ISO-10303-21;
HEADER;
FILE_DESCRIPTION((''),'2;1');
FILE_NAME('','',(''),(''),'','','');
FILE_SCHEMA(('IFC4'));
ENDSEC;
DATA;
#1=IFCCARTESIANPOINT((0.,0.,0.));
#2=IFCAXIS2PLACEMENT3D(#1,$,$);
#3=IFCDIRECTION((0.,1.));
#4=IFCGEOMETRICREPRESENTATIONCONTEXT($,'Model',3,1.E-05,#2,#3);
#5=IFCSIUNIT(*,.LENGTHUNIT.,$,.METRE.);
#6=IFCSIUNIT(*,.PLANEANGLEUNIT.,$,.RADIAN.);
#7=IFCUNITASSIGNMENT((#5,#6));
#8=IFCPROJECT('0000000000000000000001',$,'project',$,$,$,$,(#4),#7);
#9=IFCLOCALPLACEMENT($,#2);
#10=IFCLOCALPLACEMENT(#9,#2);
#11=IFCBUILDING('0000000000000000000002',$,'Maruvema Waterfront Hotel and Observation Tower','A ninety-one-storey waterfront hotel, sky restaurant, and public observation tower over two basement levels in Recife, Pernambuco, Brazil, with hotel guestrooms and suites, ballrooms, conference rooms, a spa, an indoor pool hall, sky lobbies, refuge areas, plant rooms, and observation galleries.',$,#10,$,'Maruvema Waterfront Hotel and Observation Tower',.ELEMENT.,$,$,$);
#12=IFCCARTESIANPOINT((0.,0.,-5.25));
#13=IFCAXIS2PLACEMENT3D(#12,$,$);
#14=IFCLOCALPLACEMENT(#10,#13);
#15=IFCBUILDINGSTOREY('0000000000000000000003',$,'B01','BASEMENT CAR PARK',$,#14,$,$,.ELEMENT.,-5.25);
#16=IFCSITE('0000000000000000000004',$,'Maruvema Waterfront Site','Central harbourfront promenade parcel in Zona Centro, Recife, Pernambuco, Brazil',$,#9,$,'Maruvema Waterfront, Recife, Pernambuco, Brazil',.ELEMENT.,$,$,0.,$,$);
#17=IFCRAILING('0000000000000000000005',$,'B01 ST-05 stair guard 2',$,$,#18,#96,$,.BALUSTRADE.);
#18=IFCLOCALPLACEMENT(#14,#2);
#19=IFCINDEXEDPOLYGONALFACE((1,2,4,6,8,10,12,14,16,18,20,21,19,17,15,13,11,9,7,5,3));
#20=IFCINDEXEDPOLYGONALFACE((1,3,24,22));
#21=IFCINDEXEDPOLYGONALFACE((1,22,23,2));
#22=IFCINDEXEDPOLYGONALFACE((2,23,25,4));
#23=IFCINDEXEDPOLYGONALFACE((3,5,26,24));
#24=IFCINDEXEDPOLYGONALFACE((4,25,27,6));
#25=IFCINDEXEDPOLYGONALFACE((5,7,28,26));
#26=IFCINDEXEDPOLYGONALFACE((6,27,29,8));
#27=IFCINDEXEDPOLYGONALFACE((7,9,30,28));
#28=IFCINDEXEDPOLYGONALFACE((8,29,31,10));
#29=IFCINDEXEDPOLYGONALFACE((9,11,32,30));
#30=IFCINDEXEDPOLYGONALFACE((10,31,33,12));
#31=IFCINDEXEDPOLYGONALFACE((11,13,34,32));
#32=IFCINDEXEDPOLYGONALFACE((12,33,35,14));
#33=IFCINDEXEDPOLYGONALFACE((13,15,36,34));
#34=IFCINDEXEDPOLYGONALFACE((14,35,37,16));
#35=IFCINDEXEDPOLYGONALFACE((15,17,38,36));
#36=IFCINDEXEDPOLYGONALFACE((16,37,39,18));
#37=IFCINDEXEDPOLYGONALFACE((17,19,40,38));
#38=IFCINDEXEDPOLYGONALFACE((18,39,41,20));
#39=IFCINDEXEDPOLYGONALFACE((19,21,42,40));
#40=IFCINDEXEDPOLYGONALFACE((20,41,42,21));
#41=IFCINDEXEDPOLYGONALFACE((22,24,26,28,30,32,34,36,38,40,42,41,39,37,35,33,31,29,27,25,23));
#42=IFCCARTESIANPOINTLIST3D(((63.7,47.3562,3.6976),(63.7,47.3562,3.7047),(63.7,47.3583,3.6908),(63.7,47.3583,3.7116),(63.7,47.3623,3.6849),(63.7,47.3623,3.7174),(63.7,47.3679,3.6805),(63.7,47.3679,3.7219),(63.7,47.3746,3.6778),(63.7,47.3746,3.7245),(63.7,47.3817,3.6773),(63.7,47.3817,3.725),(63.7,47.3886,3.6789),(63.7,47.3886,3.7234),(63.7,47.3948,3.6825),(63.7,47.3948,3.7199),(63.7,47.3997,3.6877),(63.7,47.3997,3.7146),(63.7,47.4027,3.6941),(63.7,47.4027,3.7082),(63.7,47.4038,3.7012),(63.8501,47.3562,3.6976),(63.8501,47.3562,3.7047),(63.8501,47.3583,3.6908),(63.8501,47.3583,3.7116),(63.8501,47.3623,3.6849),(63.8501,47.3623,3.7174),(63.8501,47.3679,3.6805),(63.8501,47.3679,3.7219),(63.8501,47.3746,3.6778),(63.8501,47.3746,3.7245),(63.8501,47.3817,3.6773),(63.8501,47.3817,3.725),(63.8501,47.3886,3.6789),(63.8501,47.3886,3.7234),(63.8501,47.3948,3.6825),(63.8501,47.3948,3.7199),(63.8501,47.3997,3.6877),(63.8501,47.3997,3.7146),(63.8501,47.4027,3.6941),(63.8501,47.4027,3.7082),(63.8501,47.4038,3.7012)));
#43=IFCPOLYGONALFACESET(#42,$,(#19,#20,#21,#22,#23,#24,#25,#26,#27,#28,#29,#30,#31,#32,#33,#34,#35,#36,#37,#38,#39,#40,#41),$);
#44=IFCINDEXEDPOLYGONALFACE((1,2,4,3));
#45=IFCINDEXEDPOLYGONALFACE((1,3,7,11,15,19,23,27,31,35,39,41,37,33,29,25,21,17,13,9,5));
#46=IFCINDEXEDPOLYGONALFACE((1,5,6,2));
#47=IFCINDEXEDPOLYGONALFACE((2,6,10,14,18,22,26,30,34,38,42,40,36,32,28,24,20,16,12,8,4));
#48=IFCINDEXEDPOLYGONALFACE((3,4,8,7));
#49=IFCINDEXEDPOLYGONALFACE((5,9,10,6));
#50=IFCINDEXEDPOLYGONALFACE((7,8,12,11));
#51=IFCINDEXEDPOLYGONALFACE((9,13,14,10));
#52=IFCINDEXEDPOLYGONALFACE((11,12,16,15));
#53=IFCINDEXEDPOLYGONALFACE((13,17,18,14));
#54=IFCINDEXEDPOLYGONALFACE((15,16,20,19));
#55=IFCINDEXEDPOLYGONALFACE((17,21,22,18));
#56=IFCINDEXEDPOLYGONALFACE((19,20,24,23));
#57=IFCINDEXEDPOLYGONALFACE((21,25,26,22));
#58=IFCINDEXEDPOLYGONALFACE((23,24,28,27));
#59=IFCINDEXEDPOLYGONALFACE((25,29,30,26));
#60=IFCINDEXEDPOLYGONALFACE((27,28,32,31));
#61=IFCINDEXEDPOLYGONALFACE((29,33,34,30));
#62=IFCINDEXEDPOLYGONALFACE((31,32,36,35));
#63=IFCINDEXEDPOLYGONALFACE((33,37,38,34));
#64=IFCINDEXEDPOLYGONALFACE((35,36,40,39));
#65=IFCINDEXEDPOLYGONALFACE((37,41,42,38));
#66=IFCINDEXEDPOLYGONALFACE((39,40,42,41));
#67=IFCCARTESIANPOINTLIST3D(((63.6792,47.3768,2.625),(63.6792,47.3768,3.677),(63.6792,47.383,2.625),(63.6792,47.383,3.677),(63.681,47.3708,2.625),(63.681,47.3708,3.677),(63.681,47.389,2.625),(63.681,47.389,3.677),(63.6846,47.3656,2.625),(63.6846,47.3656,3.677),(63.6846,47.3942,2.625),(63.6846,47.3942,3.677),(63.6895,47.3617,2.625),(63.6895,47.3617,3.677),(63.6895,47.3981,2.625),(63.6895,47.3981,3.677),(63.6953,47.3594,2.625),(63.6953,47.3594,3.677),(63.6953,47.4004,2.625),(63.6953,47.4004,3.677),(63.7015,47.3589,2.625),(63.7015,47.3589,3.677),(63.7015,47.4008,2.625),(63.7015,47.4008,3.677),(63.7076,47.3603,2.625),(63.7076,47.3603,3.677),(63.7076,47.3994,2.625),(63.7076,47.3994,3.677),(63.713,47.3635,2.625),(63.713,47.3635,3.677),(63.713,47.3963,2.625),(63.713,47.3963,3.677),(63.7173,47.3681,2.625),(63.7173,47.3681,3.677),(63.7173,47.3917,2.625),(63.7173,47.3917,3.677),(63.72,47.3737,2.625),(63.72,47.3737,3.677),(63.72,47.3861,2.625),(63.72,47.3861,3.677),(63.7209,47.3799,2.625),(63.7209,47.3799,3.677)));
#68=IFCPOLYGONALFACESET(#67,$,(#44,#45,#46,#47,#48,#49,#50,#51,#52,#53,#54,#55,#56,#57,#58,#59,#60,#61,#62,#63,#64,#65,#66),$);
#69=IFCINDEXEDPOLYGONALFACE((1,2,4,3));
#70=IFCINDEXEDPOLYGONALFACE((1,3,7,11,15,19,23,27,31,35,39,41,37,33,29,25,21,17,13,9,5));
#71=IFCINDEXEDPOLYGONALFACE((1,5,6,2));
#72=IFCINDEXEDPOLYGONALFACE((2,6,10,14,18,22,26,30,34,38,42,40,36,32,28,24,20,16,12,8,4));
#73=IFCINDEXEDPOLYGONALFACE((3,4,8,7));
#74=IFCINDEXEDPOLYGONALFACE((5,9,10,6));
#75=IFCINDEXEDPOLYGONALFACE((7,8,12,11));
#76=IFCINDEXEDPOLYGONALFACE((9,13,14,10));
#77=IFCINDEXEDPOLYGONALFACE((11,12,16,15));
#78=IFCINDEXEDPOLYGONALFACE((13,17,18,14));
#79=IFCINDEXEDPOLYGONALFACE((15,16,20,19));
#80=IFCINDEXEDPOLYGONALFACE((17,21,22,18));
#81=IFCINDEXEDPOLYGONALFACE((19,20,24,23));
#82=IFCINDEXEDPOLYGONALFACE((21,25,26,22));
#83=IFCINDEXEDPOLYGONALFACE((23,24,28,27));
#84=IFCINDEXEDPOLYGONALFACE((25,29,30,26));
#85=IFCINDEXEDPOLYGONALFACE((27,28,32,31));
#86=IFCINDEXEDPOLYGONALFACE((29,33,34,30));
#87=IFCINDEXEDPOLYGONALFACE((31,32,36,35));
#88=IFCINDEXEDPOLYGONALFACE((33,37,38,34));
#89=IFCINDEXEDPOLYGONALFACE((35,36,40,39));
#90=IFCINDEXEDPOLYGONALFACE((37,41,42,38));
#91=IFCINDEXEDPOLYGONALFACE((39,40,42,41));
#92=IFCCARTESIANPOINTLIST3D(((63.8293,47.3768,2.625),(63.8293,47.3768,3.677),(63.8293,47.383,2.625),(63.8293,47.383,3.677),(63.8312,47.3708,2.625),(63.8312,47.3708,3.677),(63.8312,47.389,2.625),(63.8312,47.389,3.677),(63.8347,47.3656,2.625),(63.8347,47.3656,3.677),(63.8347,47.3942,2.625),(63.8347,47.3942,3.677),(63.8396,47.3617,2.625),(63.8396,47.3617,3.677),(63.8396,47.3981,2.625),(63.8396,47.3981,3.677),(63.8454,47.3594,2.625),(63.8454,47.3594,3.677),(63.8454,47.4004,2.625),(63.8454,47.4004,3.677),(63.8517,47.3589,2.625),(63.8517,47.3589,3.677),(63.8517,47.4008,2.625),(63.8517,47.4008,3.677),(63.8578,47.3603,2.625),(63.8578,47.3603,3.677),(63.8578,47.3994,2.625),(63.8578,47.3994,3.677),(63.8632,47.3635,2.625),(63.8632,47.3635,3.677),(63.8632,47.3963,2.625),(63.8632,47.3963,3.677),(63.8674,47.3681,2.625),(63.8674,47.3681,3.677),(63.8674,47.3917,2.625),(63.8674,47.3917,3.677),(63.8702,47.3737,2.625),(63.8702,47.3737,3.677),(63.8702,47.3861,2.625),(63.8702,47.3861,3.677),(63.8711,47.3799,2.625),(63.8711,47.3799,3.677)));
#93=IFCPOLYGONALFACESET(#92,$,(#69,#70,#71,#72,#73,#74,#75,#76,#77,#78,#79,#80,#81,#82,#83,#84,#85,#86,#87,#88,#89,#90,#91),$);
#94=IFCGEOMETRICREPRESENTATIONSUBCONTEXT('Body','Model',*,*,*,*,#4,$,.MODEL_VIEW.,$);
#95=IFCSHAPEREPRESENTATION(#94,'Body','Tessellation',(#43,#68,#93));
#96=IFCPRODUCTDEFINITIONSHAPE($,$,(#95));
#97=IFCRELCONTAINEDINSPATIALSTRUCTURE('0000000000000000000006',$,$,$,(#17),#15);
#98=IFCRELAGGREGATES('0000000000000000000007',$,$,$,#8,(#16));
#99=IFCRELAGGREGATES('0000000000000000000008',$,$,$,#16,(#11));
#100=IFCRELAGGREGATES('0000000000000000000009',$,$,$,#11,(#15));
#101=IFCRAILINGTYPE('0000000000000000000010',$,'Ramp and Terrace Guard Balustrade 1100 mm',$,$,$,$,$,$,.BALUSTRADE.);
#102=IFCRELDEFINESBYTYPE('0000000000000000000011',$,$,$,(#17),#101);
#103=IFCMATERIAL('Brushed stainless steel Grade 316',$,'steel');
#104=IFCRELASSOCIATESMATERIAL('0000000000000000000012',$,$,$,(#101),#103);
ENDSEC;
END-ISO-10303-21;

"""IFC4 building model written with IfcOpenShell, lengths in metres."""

from ifc_helpers import new_model, si_unit, direction, frame, origin, origin_2d, place, context, subcontext, project, spatial, circle, extrude, material, type_object, element, save


model = new_model("IFC4")

# Units and contexts
model_context = context("Model", 3, precision=1e-05, world=origin(), true_north=direction((0.0, 1.0)))
body_context = subcontext(model_context, "Body", "Model", "MODEL_VIEW")
ifc_project = project(units=[si_unit("LENGTHUNIT", "METRE"), si_unit("PLANEANGLEUNIT", "RADIAN")], contexts=[model_context])

# Site, building, storey
site_placement = place(None, origin())
site = spatial("IfcSite", under=ifc_project, at=site_placement, Name="Maruvema Waterfront Site", Description="Central harbourfront promenade parcel in Zona Centro, Recife, Pernambuco, Brazil", LongName="Maruvema Waterfront, Recife, Pernambuco, Brazil", CompositionType="ELEMENT", RefElevation=0.0)
building_placement = place(site_placement, origin())
building = spatial("IfcBuilding", under=site, at=building_placement, Name="Maruvema Waterfront Hotel and Observation Tower", Description="A ninety-one-storey waterfront hotel, sky restaurant, and public observation tower over two basement levels in Recife, Pernambuco, Brazil, with hotel guestrooms and suites, ballrooms, conference rooms, a spa, an indoor pool hall, sky lobbies, refuge areas, plant rooms, and observation galleries.", LongName="Maruvema Waterfront Hotel and Observation Tower", CompositionType="ELEMENT")
storey_placement = place(building_placement, frame((0.0, 0.0, -5.25)))
storey = spatial("IfcBuildingStorey", under=building, at=storey_placement, Name="B01", Description="BASEMENT CAR PARK", CompositionType="ELEMENT", Elevation=-5.25)

# Railing
ifc_material_1 = material(Name="Brushed stainless steel Grade 316", Category="steel")
railing_type_1 = type_object("IfcRailingType", Name="Ramp and Terrace Guard Balustrade 1100 mm", PredefinedType="BALUSTRADE", material=ifc_material_1)
railing_1_placement = place(storey_placement, frame((63.7, 47.3799, 2.625)))
element("IfcRailing", 1, at=railing_1_placement, inside=storey, type_object=railing_type_1, Name="B01 ST-05 stair guard 2", PredefinedType="BALUSTRADE", context=body_context, shape_type="SweptSolid", body=[
    extrude(circle(Radius=0.0239, at=origin_2d()), frame((0.0, 0.0, 1.0762), z_axis=(1.0, 0.0, 0.0), x_axis=(0.0, 1.0, 0.0)), (0.0, 0.0, 1.0), 0.1501),
    extrude(circle(Radius=0.021, at=origin_2d()), origin(), (0.0, 0.0, 1.0), 1.052),
    extrude(circle(Radius=0.021, at=origin_2d()), frame((0.1501, 0.0, 0.0)), (0.0, 0.0, 1.0), 1.052),
])

save(model, "model.ifc")
